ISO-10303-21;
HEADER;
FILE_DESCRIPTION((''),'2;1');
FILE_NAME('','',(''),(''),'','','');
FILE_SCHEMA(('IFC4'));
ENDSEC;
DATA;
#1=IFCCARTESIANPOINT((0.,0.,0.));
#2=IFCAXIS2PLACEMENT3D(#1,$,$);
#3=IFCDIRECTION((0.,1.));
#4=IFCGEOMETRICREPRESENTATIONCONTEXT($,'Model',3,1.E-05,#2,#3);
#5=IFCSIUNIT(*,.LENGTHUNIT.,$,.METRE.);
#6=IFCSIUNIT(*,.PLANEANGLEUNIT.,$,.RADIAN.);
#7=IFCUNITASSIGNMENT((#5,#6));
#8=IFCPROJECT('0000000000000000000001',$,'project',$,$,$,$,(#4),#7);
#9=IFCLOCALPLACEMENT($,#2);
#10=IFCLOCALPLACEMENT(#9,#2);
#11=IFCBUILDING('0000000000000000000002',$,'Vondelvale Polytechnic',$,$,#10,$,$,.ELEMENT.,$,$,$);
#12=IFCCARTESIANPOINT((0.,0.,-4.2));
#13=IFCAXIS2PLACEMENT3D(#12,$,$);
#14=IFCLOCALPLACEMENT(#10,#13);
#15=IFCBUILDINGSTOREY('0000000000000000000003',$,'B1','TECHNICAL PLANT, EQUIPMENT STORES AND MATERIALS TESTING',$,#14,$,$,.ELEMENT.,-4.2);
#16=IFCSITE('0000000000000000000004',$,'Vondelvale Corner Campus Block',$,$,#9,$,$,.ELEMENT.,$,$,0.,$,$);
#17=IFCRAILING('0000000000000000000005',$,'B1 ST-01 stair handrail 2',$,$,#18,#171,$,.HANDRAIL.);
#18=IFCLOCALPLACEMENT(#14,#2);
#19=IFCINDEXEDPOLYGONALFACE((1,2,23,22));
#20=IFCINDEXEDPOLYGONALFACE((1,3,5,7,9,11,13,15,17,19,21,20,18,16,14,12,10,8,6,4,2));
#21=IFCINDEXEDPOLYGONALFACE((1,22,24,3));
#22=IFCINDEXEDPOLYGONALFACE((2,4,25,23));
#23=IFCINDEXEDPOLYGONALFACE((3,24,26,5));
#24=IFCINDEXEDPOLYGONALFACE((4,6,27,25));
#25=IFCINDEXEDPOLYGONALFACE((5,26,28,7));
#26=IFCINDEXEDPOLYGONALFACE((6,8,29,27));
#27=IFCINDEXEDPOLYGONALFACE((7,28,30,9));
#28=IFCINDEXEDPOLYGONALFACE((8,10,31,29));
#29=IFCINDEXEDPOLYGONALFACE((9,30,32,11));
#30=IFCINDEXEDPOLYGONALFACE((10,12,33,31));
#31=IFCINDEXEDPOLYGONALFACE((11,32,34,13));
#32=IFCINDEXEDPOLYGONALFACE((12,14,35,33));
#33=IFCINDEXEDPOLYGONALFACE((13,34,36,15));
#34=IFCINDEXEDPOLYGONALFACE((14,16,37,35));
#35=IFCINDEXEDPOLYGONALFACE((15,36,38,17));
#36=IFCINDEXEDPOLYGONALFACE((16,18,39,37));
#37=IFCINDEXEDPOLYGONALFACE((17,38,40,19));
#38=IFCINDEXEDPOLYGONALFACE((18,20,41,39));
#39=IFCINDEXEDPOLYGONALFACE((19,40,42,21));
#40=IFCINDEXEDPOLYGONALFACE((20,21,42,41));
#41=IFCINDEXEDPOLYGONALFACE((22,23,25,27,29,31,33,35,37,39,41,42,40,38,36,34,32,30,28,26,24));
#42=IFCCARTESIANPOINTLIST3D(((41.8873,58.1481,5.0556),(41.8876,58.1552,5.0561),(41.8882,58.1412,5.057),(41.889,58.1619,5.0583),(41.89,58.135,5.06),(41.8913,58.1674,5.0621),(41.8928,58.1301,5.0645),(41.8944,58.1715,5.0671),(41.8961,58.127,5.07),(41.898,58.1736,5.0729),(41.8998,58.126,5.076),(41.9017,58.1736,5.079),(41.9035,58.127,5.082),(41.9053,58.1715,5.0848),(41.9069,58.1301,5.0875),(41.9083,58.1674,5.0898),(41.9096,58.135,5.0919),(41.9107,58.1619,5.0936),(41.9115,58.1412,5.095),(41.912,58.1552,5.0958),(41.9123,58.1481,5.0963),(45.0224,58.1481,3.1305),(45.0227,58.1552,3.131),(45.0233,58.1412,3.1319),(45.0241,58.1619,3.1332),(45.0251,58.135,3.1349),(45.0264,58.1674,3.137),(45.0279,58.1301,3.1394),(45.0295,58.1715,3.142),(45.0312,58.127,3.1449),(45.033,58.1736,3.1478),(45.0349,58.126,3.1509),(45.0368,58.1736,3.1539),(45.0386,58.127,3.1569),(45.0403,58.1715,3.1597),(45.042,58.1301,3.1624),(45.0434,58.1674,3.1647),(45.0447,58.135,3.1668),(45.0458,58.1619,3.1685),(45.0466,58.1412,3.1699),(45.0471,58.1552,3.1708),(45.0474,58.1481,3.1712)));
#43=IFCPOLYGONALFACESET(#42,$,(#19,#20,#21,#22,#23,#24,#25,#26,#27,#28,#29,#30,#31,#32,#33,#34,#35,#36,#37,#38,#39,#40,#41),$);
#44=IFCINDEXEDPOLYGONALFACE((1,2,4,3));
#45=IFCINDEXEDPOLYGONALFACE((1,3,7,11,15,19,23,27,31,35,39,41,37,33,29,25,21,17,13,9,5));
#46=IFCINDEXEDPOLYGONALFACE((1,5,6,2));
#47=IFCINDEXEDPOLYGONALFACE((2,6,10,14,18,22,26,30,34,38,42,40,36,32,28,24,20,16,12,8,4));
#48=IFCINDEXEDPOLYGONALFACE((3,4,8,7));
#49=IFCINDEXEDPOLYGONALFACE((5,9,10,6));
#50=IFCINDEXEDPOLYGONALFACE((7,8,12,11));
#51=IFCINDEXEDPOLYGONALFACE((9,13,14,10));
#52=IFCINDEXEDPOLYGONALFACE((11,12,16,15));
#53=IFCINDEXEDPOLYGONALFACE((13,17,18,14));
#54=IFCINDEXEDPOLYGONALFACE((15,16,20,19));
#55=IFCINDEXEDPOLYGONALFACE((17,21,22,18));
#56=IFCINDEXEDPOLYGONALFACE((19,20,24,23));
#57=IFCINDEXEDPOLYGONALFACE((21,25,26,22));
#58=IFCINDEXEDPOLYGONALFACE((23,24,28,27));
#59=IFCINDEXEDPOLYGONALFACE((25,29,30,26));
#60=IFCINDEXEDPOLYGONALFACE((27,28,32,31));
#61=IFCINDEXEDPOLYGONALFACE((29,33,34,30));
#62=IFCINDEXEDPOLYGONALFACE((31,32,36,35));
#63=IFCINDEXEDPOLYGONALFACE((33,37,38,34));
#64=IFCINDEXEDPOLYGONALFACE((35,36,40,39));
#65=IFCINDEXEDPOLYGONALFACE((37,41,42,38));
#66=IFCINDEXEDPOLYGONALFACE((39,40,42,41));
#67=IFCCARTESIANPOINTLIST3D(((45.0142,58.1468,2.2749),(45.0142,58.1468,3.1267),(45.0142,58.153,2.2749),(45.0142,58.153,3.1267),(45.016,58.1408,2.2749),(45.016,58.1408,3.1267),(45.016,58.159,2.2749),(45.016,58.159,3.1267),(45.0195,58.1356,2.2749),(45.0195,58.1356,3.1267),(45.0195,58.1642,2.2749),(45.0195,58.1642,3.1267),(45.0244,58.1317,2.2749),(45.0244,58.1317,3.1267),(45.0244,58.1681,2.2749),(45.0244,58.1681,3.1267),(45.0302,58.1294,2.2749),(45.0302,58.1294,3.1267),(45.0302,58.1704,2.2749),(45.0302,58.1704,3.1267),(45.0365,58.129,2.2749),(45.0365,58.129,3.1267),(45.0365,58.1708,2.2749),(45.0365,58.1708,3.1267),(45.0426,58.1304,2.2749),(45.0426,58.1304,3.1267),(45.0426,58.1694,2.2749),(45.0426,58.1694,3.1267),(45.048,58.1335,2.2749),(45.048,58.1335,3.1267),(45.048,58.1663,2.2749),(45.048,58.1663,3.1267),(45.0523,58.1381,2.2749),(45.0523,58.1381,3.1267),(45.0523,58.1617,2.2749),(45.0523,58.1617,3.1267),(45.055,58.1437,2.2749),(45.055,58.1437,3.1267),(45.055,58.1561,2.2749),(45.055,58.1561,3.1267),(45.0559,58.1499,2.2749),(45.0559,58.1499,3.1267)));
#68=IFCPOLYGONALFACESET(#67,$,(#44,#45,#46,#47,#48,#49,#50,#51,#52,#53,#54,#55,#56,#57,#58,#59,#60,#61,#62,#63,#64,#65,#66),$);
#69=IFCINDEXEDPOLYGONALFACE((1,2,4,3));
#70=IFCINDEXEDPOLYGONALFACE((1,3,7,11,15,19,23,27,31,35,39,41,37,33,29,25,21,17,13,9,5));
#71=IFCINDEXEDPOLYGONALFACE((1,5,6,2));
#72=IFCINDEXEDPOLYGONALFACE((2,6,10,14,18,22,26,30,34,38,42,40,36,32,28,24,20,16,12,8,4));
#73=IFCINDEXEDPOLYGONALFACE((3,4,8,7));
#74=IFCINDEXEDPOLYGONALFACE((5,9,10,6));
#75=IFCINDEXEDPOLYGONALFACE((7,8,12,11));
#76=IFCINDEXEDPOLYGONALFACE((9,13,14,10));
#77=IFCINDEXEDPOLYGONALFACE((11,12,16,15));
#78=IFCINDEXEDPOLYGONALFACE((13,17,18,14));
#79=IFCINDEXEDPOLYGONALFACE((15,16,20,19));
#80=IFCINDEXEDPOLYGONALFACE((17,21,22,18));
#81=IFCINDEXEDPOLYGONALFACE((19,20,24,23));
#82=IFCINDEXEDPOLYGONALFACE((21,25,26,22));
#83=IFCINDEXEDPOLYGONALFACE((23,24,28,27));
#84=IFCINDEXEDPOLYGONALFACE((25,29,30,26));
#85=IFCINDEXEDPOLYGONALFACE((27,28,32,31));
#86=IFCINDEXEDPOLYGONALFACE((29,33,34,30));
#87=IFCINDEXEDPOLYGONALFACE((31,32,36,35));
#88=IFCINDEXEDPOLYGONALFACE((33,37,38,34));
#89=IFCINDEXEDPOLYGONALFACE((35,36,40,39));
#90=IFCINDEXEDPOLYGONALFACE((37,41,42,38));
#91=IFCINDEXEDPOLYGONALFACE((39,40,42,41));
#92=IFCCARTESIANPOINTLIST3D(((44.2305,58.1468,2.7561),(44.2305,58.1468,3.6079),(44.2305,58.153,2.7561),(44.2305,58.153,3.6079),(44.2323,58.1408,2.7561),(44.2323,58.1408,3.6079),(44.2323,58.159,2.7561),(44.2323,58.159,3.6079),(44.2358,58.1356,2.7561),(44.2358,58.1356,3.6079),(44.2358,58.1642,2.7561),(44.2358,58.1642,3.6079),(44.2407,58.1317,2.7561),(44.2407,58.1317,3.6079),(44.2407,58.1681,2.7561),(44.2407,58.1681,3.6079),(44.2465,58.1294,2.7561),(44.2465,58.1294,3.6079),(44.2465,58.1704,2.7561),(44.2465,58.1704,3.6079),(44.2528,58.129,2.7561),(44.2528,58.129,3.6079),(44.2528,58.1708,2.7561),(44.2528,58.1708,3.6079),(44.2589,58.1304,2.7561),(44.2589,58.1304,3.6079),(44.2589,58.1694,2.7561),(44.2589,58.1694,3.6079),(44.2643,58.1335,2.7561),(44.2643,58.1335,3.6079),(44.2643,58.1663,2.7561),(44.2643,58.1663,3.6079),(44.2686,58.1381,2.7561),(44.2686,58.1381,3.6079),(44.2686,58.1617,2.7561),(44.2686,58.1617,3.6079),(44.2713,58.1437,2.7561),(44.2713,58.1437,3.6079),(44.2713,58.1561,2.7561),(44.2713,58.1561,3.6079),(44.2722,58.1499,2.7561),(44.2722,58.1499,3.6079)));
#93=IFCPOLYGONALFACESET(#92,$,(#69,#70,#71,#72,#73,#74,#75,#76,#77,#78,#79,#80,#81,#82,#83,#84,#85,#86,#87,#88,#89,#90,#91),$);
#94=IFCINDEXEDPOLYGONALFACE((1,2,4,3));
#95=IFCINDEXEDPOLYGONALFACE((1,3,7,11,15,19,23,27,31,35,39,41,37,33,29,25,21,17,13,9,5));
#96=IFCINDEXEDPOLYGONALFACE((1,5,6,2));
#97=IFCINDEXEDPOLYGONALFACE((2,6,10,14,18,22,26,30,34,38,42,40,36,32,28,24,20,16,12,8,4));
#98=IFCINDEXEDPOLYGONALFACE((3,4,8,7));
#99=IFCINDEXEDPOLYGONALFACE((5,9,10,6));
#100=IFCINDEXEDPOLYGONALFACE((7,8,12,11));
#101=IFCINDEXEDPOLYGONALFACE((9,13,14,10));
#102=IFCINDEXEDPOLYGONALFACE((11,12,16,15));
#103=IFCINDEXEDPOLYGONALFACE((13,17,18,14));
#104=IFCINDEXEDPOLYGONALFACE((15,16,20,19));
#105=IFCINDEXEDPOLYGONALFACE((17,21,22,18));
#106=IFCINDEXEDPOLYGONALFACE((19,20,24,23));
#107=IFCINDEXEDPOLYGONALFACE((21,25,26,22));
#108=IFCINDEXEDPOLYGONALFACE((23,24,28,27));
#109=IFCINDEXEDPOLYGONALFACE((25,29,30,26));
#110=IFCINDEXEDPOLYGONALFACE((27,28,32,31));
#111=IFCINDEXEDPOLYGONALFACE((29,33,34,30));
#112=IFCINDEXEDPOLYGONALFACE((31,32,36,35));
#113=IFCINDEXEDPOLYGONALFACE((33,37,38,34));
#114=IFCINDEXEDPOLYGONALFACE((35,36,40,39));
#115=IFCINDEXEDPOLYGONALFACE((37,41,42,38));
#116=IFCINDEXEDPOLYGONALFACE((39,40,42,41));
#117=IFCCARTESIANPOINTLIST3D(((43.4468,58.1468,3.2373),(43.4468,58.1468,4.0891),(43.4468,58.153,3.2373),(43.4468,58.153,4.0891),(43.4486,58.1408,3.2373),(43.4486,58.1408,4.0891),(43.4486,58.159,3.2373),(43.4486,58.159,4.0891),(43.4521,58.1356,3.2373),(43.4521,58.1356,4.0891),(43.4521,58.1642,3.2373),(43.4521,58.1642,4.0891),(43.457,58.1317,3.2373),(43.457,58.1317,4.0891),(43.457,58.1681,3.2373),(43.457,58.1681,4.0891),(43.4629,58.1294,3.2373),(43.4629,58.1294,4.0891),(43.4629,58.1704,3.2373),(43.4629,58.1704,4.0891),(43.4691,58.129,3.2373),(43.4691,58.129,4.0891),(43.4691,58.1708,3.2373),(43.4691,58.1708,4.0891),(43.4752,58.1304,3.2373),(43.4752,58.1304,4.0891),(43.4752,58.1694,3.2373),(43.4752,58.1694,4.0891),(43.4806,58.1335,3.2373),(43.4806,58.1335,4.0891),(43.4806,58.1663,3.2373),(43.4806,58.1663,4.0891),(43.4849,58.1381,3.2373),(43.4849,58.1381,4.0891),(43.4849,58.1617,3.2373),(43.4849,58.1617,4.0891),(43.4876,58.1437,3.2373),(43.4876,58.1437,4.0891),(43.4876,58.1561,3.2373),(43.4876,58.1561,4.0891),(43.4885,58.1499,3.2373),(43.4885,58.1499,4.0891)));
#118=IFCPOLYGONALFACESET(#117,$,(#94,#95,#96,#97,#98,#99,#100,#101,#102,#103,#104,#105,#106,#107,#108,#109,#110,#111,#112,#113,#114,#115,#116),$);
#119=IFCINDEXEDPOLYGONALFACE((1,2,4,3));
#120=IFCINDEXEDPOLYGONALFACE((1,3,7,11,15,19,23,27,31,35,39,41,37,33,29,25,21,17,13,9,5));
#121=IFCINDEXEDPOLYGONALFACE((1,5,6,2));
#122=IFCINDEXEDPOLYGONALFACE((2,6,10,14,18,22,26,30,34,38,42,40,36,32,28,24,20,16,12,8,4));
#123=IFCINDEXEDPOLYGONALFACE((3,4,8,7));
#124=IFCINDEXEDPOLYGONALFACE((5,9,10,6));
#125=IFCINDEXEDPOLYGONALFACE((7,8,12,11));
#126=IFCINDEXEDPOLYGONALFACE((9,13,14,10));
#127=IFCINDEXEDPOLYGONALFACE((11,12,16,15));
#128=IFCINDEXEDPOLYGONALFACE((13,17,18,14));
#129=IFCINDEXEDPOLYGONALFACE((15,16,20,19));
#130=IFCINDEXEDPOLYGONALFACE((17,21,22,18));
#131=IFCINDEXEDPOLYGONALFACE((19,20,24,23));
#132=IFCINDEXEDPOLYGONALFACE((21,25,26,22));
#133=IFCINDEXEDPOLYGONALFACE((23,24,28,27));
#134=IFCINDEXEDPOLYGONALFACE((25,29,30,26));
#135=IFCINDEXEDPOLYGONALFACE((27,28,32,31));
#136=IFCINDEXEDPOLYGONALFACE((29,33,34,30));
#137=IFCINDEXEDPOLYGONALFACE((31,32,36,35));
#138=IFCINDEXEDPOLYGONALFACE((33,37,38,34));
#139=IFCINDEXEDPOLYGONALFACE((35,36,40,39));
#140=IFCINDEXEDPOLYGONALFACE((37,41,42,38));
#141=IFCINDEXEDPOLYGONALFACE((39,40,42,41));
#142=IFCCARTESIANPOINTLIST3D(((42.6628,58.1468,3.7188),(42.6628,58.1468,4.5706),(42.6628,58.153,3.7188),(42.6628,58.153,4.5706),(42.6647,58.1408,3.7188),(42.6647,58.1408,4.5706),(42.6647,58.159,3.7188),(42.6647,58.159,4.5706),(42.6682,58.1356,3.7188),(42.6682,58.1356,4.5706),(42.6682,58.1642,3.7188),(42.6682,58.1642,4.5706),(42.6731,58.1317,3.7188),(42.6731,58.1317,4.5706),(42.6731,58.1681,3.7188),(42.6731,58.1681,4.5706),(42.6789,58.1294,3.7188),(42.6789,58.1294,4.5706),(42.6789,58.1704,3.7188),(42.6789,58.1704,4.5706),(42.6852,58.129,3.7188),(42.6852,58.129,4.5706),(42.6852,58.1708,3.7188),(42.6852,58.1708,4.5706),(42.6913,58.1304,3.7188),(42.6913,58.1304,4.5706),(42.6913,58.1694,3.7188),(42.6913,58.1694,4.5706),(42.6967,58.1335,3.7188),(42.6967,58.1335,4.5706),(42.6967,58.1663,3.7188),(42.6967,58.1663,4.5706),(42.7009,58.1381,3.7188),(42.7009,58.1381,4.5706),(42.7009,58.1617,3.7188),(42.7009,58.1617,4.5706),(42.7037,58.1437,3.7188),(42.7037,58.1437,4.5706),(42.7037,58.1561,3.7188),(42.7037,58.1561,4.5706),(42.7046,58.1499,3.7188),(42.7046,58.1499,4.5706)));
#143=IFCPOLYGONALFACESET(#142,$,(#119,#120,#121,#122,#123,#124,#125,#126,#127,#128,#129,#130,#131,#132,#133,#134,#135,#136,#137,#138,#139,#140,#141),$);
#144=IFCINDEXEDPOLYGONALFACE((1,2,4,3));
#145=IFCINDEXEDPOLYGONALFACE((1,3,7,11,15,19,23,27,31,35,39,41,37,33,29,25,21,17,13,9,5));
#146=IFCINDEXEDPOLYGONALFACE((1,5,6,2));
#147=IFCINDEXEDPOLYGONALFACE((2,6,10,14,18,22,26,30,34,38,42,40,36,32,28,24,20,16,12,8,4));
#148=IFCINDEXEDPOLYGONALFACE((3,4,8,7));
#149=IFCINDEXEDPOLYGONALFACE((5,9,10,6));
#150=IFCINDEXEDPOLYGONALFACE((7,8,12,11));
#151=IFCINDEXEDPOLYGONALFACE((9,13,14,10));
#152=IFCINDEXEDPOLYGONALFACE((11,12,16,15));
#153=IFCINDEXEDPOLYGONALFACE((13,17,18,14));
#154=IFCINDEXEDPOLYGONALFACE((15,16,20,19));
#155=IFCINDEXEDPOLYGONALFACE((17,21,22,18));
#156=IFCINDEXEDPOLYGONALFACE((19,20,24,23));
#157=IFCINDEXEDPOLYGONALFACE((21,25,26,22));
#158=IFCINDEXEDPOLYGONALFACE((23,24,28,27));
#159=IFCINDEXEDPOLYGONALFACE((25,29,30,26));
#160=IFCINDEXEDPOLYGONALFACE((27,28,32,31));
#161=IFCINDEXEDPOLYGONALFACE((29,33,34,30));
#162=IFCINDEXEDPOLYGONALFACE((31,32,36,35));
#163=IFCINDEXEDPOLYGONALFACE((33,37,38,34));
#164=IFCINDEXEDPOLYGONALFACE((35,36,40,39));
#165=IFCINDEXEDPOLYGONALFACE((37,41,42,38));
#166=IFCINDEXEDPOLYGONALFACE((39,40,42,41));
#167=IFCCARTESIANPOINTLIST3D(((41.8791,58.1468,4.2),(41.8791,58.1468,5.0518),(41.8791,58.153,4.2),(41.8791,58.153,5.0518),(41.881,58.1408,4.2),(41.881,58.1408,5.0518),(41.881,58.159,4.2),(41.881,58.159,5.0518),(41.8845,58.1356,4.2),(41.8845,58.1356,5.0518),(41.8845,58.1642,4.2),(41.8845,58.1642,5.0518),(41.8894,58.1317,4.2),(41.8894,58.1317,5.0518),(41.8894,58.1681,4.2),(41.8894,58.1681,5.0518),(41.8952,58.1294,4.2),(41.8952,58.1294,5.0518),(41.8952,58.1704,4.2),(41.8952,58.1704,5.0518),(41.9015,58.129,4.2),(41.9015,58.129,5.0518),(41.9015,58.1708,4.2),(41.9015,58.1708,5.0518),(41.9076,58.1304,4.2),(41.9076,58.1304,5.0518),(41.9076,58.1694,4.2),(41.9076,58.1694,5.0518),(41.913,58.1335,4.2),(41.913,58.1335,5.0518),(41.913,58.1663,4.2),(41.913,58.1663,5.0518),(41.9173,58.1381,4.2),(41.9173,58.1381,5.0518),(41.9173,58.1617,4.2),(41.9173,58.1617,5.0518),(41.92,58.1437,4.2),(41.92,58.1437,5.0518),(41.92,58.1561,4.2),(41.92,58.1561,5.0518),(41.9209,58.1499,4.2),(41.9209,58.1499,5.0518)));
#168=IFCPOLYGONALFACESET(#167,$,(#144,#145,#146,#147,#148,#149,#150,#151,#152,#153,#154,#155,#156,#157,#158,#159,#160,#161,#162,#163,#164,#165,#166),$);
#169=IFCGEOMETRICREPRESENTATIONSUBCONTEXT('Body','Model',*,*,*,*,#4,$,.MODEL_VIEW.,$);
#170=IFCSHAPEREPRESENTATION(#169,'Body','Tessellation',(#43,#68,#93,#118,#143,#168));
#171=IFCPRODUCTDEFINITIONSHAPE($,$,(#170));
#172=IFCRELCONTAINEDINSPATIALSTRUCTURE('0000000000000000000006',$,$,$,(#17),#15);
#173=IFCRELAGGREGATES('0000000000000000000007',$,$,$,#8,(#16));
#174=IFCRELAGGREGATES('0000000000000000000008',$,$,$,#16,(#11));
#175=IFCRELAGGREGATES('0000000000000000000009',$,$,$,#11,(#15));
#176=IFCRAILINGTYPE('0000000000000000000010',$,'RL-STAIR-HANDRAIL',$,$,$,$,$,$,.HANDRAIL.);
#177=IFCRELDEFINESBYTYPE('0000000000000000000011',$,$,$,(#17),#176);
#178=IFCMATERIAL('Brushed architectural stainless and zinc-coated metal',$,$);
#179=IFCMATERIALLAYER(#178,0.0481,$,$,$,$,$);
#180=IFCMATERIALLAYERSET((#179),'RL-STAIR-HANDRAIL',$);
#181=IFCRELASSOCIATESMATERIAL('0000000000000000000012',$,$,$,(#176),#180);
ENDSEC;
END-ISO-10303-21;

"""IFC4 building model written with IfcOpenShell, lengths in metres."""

from ifc_helpers import new_model, si_unit, direction, frame, origin, origin_2d, place, context, subcontext, project, spatial, circle, extrude, material, layer, layer_set, type_object, element, save


model = new_model("IFC4")

# Units and contexts
model_context = context("Model", 3, precision=1e-05, world=origin(), true_north=direction((0.0, 1.0)))
body_context = subcontext(model_context, "Body", "Model", "MODEL_VIEW")
ifc_project = project(units=[si_unit("LENGTHUNIT", "METRE"), si_unit("PLANEANGLEUNIT", "RADIAN")], contexts=[model_context])

# Site, building, storey
site_placement = place(None, origin())
site = spatial("IfcSite", under=ifc_project, at=site_placement, Name="Vondelvale Corner Campus Block", CompositionType="ELEMENT", RefElevation=0.0)
building_placement = place(site_placement, origin())
building = spatial("IfcBuilding", under=site, at=building_placement, Name="Vondelvale Polytechnic", CompositionType="ELEMENT")
storey_placement = place(building_placement, frame((0.0, 0.0, -4.2)))
storey = spatial("IfcBuildingStorey", under=building, at=storey_placement, Name="B1", Description="TECHNICAL PLANT, EQUIPMENT STORES AND MATERIALS TESTING", CompositionType="ELEMENT", Elevation=-4.2)

# Shared definitions
ifc_material_1 = material(Name="Brushed architectural stainless and zinc-coated metal")

# Railing
ifc_layer_1 = layer(ifc_material_1, 0.0481)
ifc_layer_set_1 = layer_set([ifc_layer_1], Name="RL-STAIR-HANDRAIL")
railing_type = type_object("IfcRailingType", Name="RL-STAIR-HANDRAIL", PredefinedType="HANDRAIL", material=ifc_layer_set_1)
railing_placement = place(storey_placement, frame((45.0349, 58.1499, 2.2749)))
element("IfcRailing", 1, at=railing_placement, inside=storey, type_object=railing_type, Name="B1 ST-01 stair handrail 2", PredefinedType="HANDRAIL", context=body_context, shape_type="SweptSolid", body=[
    extrude(circle(Radius=0.0239, at=origin_2d()), frame((0.0, 0.0, 0.876), z_axis=(-0.852166, 0.0, 0.523271), x_axis=(0.0, -1.0, 0.0)), (0.0, 0.0, 1.0), 3.679),
    extrude(circle(Radius=0.021, at=origin_2d()), origin(), (0.0, 0.0, 1.0), 0.8518),
    extrude(circle(Radius=0.021, at=origin_2d()), frame((-0.7837, 0.0, 0.4812)), (0.0, 0.0, 1.0), 0.8518),
    extrude(circle(Radius=0.021, at=origin_2d()), frame((-1.5674, 0.0, 0.9624)), (0.0, 0.0, 1.0), 0.8518),
    extrude(circle(Radius=0.021, at=origin_2d()), frame((-2.3513, 0.0, 1.4438)), (0.0, 0.0, 1.0), 0.8518),
    extrude(circle(Radius=0.021, at=origin_2d()), frame((-3.135, 0.0, 1.925)), (0.0, 0.0, 1.0), 0.8518),
])

save(model, "model.ifc")
